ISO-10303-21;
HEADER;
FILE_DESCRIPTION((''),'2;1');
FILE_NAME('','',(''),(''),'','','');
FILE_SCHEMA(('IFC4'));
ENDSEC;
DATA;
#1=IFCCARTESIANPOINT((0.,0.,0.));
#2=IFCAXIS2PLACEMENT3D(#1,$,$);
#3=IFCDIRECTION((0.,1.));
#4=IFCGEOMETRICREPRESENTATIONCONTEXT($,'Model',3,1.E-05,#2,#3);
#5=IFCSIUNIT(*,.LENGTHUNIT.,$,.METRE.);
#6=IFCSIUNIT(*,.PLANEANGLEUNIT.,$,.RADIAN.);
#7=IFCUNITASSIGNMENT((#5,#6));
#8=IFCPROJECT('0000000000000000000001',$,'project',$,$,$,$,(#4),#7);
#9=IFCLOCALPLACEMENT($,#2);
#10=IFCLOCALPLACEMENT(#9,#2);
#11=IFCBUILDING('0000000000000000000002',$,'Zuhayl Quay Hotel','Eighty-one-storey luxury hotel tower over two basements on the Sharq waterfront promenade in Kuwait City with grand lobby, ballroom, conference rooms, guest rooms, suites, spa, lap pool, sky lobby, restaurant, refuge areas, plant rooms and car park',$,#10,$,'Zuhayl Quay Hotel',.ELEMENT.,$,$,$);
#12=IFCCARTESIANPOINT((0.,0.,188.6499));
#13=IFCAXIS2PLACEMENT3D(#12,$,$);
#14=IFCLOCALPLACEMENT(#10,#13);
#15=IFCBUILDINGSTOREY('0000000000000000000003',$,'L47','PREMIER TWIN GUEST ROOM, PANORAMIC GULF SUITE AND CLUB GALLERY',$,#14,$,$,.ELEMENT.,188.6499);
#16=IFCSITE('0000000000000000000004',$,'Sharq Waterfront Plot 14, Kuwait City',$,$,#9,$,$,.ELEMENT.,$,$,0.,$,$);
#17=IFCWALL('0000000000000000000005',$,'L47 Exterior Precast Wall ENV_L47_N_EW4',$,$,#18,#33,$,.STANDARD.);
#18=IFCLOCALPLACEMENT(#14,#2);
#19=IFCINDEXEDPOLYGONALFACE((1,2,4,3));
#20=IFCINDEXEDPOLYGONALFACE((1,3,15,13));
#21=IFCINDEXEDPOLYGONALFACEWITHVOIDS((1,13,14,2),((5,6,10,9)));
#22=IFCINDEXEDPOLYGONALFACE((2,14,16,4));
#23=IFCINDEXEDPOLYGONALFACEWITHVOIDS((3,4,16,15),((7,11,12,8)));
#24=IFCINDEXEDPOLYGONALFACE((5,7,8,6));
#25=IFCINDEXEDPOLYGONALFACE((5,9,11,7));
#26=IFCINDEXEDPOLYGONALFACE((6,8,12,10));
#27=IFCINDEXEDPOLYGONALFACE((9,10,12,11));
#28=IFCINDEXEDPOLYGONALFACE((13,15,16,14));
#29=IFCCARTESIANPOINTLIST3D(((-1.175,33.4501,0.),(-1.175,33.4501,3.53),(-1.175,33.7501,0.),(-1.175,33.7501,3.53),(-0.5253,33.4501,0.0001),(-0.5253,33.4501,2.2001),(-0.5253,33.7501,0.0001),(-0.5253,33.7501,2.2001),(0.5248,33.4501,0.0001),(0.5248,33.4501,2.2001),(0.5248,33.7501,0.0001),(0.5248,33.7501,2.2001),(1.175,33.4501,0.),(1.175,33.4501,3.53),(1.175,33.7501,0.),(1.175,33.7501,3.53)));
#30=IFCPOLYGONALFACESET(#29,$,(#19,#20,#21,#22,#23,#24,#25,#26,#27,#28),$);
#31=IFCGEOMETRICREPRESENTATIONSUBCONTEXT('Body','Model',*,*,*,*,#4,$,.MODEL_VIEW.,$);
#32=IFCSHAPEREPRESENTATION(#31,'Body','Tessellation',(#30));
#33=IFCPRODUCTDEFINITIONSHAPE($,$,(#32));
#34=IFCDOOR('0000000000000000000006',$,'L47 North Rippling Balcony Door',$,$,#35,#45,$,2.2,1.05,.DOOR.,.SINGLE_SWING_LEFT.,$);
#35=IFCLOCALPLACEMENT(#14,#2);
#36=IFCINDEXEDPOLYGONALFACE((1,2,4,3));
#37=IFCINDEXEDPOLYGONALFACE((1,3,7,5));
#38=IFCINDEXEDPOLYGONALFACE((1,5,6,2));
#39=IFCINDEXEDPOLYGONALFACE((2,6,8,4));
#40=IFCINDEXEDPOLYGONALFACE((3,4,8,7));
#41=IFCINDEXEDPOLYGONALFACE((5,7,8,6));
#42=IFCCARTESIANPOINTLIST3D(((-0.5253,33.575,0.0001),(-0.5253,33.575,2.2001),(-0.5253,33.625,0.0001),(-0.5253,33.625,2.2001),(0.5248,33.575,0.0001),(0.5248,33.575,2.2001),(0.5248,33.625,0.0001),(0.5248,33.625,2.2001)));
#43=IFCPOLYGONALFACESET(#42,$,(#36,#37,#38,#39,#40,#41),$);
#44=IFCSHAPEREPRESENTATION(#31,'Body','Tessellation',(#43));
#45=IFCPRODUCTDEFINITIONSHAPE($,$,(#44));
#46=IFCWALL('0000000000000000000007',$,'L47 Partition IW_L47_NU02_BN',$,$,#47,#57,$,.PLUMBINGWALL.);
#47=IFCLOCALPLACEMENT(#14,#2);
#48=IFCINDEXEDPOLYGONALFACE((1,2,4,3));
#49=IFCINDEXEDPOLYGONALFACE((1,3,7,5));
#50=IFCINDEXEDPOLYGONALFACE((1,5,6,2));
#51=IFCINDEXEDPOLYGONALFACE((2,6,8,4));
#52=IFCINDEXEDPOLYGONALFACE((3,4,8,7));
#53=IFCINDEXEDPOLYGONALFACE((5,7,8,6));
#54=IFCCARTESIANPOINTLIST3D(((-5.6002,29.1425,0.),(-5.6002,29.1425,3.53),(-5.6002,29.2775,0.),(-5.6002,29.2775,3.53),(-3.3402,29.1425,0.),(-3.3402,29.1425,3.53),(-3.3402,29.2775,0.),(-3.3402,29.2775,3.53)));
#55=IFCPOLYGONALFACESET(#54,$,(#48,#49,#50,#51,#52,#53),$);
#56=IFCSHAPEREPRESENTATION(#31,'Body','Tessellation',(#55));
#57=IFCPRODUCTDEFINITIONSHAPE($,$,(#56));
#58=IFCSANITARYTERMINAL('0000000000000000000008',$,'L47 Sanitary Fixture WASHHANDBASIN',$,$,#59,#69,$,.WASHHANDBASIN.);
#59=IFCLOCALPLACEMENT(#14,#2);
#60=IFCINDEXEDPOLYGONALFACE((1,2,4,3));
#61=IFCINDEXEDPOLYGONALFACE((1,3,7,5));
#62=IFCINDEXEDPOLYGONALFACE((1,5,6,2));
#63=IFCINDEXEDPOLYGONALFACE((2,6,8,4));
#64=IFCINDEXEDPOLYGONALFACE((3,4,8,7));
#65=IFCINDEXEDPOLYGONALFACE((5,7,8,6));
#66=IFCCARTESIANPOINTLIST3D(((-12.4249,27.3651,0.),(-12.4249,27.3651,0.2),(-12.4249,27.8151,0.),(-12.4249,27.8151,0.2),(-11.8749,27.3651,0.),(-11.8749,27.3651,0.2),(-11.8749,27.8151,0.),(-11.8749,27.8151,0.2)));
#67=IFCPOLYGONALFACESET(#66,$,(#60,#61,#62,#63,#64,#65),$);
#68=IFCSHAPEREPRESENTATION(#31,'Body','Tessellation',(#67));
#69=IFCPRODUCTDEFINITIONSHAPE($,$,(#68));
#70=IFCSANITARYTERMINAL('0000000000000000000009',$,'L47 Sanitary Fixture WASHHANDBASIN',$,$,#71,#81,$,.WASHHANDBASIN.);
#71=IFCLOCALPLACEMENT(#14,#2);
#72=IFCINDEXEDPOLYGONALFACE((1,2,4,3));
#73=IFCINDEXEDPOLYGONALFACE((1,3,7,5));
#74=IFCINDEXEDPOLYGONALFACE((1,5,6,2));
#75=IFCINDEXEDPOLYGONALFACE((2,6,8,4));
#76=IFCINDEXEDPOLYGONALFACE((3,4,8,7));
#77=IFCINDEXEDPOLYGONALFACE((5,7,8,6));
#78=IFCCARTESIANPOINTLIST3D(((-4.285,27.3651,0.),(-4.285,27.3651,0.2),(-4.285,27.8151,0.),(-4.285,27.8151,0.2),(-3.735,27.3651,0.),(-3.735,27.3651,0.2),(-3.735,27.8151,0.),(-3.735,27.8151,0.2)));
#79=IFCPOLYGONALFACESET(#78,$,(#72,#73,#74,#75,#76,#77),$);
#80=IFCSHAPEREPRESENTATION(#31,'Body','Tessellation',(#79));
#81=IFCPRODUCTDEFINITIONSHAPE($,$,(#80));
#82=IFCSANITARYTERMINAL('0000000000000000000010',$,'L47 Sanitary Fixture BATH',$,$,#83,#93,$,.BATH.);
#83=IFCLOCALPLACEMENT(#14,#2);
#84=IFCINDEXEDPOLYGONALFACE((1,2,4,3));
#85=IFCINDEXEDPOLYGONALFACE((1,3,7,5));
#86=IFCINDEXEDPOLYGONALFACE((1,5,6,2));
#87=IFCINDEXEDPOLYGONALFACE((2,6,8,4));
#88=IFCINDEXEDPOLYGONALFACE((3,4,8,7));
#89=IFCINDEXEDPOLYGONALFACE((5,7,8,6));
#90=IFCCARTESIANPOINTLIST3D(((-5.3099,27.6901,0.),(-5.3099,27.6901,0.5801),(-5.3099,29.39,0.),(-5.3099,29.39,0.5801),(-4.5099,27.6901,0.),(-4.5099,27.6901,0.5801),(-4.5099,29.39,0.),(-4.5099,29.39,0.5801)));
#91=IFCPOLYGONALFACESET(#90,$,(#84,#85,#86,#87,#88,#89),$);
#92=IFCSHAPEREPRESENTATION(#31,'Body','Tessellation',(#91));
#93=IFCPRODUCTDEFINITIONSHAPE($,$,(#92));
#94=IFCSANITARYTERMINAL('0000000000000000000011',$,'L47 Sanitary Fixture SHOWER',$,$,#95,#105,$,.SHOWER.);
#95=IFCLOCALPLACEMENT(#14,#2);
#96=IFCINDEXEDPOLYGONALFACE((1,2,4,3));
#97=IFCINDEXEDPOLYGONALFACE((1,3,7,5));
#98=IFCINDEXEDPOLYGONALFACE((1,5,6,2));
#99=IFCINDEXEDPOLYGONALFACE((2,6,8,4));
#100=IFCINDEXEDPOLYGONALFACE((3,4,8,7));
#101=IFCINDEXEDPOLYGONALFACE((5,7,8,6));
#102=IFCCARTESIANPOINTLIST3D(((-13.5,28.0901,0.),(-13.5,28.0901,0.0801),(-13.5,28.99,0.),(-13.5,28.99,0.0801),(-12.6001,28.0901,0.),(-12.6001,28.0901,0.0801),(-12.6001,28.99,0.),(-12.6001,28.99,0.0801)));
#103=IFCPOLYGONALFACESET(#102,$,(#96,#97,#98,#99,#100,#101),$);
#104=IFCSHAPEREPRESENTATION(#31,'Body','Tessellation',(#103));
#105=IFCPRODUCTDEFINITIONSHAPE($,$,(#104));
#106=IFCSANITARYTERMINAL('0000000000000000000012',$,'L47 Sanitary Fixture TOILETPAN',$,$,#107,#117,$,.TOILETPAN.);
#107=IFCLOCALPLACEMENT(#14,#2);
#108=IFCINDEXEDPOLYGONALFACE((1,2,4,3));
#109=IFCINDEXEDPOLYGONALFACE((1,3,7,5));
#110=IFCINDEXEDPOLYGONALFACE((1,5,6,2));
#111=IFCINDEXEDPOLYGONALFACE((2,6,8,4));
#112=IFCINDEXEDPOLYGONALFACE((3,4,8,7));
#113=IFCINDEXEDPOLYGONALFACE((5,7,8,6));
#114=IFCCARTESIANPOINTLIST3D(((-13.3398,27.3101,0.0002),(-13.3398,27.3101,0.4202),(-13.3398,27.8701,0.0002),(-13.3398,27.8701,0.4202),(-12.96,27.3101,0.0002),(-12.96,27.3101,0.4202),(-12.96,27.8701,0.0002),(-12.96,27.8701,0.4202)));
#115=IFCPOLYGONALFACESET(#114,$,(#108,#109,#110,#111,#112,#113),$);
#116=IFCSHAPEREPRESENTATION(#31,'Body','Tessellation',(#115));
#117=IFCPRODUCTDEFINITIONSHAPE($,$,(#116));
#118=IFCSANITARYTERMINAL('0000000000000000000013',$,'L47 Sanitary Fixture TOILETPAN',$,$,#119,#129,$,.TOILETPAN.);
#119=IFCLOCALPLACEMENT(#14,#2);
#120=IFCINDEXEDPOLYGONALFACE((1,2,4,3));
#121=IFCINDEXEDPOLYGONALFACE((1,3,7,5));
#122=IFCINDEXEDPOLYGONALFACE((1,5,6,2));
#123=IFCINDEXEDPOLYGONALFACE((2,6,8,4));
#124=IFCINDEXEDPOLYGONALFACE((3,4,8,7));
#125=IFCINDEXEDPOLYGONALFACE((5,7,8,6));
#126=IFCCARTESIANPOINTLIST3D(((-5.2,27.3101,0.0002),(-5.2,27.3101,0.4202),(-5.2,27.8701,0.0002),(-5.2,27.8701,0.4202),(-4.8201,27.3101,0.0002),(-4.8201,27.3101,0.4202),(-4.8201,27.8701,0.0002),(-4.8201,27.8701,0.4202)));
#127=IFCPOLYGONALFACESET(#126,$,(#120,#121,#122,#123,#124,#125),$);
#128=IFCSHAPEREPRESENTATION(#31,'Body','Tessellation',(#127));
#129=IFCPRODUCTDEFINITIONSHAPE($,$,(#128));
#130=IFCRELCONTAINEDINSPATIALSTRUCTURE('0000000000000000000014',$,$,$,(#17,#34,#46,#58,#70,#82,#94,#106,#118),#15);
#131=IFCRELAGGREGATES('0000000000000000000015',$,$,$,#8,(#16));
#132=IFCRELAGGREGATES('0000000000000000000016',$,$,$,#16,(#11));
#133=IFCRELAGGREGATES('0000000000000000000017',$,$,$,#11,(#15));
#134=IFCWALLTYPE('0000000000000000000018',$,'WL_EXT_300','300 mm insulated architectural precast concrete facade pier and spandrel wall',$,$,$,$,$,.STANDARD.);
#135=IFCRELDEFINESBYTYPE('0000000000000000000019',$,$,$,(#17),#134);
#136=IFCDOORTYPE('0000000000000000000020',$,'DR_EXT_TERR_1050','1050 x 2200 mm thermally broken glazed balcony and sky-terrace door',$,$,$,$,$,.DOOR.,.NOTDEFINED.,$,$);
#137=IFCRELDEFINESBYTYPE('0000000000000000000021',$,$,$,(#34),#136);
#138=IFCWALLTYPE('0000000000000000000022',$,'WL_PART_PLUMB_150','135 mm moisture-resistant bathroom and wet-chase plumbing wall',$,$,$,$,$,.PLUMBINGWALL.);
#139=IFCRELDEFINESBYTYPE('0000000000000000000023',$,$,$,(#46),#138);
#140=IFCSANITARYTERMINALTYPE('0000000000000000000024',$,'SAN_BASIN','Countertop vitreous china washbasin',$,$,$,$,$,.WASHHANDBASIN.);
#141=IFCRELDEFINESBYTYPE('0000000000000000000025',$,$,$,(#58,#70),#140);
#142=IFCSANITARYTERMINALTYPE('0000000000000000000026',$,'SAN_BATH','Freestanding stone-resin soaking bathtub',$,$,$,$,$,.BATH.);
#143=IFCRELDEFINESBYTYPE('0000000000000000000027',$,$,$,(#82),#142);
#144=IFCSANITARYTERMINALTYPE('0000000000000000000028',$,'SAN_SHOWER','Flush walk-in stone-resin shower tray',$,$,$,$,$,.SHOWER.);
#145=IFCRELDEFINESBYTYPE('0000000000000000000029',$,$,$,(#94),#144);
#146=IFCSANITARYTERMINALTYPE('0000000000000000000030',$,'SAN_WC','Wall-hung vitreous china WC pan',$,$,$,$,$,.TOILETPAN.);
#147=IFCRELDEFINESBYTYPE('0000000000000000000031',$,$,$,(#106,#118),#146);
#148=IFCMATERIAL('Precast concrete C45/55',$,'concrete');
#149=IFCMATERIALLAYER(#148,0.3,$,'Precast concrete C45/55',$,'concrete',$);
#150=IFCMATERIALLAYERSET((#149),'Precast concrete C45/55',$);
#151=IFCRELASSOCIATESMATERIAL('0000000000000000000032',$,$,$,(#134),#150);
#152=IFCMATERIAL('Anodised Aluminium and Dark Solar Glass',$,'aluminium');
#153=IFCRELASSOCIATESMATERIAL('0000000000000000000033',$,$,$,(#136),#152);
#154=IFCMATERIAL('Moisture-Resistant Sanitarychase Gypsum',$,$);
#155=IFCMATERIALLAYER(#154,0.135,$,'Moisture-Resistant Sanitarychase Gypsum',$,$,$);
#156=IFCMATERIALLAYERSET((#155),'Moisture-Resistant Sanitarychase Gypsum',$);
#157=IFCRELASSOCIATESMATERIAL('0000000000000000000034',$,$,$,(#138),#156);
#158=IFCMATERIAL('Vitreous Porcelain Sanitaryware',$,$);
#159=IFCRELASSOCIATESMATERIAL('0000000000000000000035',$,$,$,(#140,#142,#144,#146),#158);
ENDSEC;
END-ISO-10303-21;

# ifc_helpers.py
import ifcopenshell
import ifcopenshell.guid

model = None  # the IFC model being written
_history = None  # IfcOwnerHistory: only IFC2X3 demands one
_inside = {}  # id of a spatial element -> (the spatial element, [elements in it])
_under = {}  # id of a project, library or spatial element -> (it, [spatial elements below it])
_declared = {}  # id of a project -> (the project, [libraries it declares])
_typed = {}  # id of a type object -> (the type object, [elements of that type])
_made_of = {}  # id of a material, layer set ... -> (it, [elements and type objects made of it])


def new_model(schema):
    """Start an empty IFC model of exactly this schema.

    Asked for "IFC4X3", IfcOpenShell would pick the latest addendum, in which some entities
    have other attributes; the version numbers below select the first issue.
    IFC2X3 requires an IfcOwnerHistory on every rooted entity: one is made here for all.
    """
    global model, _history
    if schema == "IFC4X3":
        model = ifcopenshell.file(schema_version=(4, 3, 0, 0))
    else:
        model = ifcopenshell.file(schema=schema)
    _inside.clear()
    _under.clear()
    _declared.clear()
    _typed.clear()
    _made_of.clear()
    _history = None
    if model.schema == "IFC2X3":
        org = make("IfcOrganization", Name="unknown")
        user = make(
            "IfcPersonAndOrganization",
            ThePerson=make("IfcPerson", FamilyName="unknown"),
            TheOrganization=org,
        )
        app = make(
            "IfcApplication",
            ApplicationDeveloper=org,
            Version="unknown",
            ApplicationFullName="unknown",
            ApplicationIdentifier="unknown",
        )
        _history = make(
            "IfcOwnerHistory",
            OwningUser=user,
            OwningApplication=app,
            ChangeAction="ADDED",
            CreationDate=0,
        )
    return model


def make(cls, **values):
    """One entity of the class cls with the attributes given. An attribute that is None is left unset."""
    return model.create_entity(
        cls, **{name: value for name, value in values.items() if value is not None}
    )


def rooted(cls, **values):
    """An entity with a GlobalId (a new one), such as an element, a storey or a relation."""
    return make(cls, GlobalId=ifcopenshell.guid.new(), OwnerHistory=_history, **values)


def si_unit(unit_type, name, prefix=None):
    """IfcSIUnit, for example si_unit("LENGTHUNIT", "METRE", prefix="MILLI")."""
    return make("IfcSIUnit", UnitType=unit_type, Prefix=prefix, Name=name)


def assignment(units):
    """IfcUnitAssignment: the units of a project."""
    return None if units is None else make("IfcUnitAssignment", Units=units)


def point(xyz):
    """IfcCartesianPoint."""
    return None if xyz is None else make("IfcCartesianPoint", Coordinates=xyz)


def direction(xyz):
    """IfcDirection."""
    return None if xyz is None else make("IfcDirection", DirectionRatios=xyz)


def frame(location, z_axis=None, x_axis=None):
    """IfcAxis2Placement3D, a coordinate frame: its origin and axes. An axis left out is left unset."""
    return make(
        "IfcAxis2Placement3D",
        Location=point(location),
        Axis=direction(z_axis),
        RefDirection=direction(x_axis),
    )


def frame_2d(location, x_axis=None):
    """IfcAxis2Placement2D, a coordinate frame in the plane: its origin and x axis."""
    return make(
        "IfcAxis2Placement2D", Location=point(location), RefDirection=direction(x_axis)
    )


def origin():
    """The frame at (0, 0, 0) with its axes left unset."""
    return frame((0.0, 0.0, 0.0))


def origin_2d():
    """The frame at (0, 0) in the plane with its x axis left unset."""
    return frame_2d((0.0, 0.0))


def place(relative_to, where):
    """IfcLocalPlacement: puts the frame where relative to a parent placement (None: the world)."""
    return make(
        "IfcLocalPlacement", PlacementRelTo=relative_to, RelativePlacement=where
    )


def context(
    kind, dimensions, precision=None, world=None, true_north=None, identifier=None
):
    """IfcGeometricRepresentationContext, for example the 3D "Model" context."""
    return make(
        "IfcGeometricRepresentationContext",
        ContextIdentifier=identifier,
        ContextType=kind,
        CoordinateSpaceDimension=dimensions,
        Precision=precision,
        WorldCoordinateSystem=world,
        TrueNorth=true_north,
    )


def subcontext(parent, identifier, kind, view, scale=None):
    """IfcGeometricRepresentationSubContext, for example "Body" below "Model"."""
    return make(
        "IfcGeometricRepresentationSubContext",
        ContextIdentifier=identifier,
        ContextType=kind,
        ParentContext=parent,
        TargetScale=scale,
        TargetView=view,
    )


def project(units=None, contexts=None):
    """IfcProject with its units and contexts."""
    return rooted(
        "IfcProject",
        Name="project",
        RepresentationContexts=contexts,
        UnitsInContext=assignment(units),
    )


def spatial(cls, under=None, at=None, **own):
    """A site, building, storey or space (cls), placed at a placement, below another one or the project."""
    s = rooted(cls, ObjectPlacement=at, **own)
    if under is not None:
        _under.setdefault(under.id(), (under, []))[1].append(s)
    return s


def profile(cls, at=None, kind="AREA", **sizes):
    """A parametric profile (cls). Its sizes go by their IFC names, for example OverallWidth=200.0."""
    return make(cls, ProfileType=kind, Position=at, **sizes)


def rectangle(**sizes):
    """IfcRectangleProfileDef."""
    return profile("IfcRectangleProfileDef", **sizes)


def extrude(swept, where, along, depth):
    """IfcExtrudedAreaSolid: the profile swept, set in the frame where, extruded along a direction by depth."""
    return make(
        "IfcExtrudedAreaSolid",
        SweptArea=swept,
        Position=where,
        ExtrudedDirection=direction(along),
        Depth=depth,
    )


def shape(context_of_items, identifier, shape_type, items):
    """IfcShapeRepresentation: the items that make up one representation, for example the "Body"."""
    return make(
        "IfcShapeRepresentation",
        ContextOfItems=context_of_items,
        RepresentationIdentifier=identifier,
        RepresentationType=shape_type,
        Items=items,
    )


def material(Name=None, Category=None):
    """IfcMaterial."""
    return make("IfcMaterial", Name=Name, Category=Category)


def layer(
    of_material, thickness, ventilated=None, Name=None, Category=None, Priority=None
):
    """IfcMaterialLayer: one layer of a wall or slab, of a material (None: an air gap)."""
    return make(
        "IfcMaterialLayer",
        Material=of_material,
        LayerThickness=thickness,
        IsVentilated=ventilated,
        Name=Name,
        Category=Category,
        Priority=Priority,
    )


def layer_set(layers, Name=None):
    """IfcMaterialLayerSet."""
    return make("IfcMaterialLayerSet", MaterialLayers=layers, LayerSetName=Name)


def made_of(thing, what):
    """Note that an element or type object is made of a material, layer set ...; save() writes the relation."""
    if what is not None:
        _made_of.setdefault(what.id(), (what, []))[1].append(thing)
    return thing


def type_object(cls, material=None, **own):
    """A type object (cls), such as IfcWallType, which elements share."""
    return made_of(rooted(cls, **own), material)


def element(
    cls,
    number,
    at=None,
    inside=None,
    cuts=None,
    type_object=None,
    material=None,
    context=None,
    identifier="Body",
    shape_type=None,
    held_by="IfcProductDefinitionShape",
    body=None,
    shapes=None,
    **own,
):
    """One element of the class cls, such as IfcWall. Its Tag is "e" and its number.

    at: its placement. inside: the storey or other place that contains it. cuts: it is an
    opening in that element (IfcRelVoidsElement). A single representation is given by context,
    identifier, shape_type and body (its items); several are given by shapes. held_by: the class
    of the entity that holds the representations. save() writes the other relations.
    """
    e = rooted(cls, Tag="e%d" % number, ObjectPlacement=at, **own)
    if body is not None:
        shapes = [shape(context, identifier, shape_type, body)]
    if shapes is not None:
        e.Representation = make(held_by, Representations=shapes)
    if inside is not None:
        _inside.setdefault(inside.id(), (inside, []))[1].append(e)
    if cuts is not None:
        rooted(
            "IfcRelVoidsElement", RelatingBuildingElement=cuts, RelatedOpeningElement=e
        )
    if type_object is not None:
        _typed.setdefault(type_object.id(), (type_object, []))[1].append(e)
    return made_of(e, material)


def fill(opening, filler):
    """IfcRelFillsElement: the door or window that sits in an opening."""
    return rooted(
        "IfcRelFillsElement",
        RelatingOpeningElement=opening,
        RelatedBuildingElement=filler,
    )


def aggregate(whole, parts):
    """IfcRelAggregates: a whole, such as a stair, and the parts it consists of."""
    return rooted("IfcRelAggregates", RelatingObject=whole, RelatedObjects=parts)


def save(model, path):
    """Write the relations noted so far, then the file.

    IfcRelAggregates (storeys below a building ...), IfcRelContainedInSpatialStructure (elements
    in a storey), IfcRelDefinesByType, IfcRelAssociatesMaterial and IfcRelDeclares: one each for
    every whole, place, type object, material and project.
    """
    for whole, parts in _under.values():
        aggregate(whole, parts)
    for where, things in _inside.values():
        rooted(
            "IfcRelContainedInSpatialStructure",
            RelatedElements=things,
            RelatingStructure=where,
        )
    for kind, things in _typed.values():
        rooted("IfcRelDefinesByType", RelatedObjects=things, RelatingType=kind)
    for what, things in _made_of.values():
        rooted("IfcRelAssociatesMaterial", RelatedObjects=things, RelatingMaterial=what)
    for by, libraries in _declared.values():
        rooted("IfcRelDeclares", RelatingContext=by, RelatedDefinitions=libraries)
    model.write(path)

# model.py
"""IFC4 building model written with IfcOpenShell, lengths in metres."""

from ifc_helpers import new_model, si_unit, direction, frame, frame_2d, origin, origin_2d, place, context, subcontext, project, spatial, rectangle, extrude, material, layer, layer_set, type_object, element, fill, save


model = new_model("IFC4")

# Units and contexts
model_context = context("Model", 3, precision=1e-05, world=origin(), true_north=direction((0.0, 1.0)))
body_context = subcontext(model_context, "Body", "Model", "MODEL_VIEW")
ifc_project = project(units=[si_unit("LENGTHUNIT", "METRE"), si_unit("PLANEANGLEUNIT", "RADIAN")], contexts=[model_context])

# Site, building, storey
site_placement = place(None, origin())
site = spatial("IfcSite", under=ifc_project, at=site_placement, Name="Sharq Waterfront Plot 14, Kuwait City", CompositionType="ELEMENT", RefElevation=0.0)
building_placement = place(site_placement, origin())
building = spatial("IfcBuilding", under=site, at=building_placement, Name="Zuhayl Quay Hotel", Description="Eighty-one-storey luxury hotel tower over two basements on the Sharq waterfront promenade in Kuwait City with grand lobby, ballroom, conference rooms, guest rooms, suites, spa, lap pool, sky lobby, restaurant, refuge areas, plant rooms and car park", LongName="Zuhayl Quay Hotel", CompositionType="ELEMENT")
storey_placement = place(building_placement, frame((0.0, 0.0, 188.6499)))
storey = spatial("IfcBuildingStorey", under=building, at=storey_placement, Name="L47", Description="PREMIER TWIN GUEST ROOM, PANORAMIC GULF SUITE AND CLUB GALLERY", CompositionType="ELEMENT", Elevation=188.6499)

# Shared definitions
ifc_material_1 = material(Name="Precast concrete C45/55", Category="concrete")
ifc_layer_1 = layer(ifc_material_1, 0.3, Name="Precast concrete C45/55", Category="concrete")
ifc_layer_set_1 = layer_set([ifc_layer_1], Name="Precast concrete C45/55")
wall_type_1 = type_object("IfcWallType", Name="WL_EXT_300", Description="300 mm insulated architectural precast concrete facade pier and spandrel wall", PredefinedType="STANDARD", material=ifc_layer_set_1)

# Wall, opening, door
wall_1_placement = place(storey_placement, frame((-1.175, 33.6001, 0.0), z_axis=(0.0, 0.0, 1.0), x_axis=(1.0, 0.0, 0.0)))
wall_1 = element("IfcWall", 1, at=wall_1_placement, inside=storey, type_object=wall_type_1, Name="L47 Exterior Precast Wall ENV_L47_N_EW4", PredefinedType="STANDARD", context=body_context, shape_type="SweptSolid", body=[
    extrude(rectangle(XDim=2.3501, YDim=0.3, at=frame_2d((1.175, 0.0))), origin(), (0.0, 0.0, 1.0), 3.53),
])
opening_1_placement = place(wall_1_placement, frame((0.6499, 0.0, 0.0)))
opening_1 = element("IfcOpeningElement", 2, at=opening_1_placement, cuts=wall_1, PredefinedType="OPENING", context=body_context, shape_type="SweptSolid", body=[
    extrude(rectangle(XDim=1.05, YDim=2.2, at=frame_2d((0.5249, 1.1001))), frame((0.0, 0.1599, 0.0), z_axis=(0.0, -1.0, 0.0), x_axis=(1.0, 0.0, 0.0)), (0.0, 0.0, 1.0), 0.3201),
])
ifc_material_2 = material(Name="Anodised Aluminium and Dark Solar Glass", Category="aluminium")
door_type = type_object("IfcDoorType", Name="DR_EXT_TERR_1050", Description="1050 x 2200 mm thermally broken glazed balcony and sky-terrace door", OperationType="NOTDEFINED", PredefinedType="DOOR", material=ifc_material_2)
door_placement = place(opening_1_placement, origin())
door = element("IfcDoor", 3, at=door_placement, inside=storey, type_object=door_type, Name="L47 North Rippling Balcony Door", OperationType="SINGLE_SWING_LEFT", OverallHeight=2.2, OverallWidth=1.05, PredefinedType="DOOR", context=body_context, shape_type="SweptSolid", body=[
    extrude(rectangle(XDim=1.05, YDim=2.2, at=frame_2d((0.5249, 1.1001))), frame((0.0, 0.0249, 0.0), z_axis=(0.0, -1.0, 0.0), x_axis=(1.0, 0.0, 0.0)), (0.0, 0.0, 1.0), 0.05),
])
fill(opening_1, door)

# Wall
ifc_material_3 = material(Name="Moisture-Resistant Sanitarychase Gypsum")
ifc_layer_2 = layer(ifc_material_3, 0.135, Name="Moisture-Resistant Sanitarychase Gypsum")
ifc_layer_set_2 = layer_set([ifc_layer_2], Name="Moisture-Resistant Sanitarychase Gypsum")
wall_type_2 = type_object("IfcWallType", Name="WL_PART_PLUMB_150", Description="135 mm moisture-resistant bathroom and wet-chase plumbing wall", PredefinedType="PLUMBINGWALL", material=ifc_layer_set_2)
wall_2_placement = place(storey_placement, frame((-5.6001, 29.21, 0.0), z_axis=(0.0, 0.0, 1.0), x_axis=(1.0, 0.0, 0.0)))
element("IfcWall", 4, at=wall_2_placement, inside=storey, type_object=wall_type_2, Name="L47 Partition IW_L47_NU02_BN", PredefinedType="PLUMBINGWALL", context=body_context, shape_type="SweptSolid", body=[
    extrude(rectangle(XDim=2.26, YDim=0.135, at=frame_2d((1.1299, 0.0))), origin(), (0.0, 0.0, 1.0), 3.53),
])

# Sanitary terminals
ifc_material_4 = material(Name="Vitreous Porcelain Sanitaryware")
sanitary_terminal_type_1 = type_object("IfcSanitaryTerminalType", Name="SAN_BASIN", Description="Countertop vitreous china washbasin", PredefinedType="WASHHANDBASIN", material=ifc_material_4)
for number, where, z_axis, x_axis, name in (
    (5, (-12.1499, 27.5901, 0.0), (0.0, 0.0, 1.0), (1.0, 0.0, 0.0), "L47 Sanitary Fixture WASHHANDBASIN"),
    (6, (-4.01, 27.5901, 0.0), (0.0, 0.0, 1.0), (1.0, 0.0, 0.0), "L47 Sanitary Fixture WASHHANDBASIN"),
):
    element("IfcSanitaryTerminal", number, at=place(storey_placement, frame(where, z_axis=z_axis, x_axis=x_axis)), inside=storey, type_object=sanitary_terminal_type_1, Name=name, PredefinedType="WASHHANDBASIN", context=body_context, shape_type="SweptSolid", body=[
        extrude(rectangle(XDim=0.55, YDim=0.45, at=origin_2d()), origin(), (0.0, 0.0, 1.0), 0.2),
    ])
sanitary_terminal_type_2 = type_object("IfcSanitaryTerminalType", Name="SAN_BATH", Description="Freestanding stone-resin soaking bathtub", PredefinedType="BATH", material=ifc_material_4)
sanitary_terminal_1_placement = place(storey_placement, frame((-4.9099, 28.54, 0.0), z_axis=(0.0, 0.0, 1.0), x_axis=(1.0, 0.0, 0.0)))
element("IfcSanitaryTerminal", 7, at=sanitary_terminal_1_placement, inside=storey, type_object=sanitary_terminal_type_2, Name="L47 Sanitary Fixture BATH", PredefinedType="BATH", context=body_context, shape_type="SweptSolid", body=[
    extrude(rectangle(XDim=0.8, YDim=1.7, at=origin_2d()), origin(), (0.0, 0.0, 1.0), 0.5801),
])
sanitary_terminal_type_3 = type_object("IfcSanitaryTerminalType", Name="SAN_SHOWER", Description="Flush walk-in stone-resin shower tray", PredefinedType="SHOWER", material=ifc_material_4)
sanitary_terminal_2_placement = place(storey_placement, frame((-13.05, 28.54, 0.0), z_axis=(0.0, 0.0, 1.0), x_axis=(1.0, 0.0, 0.0)))
element("IfcSanitaryTerminal", 8, at=sanitary_terminal_2_placement, inside=storey, type_object=sanitary_terminal_type_3, Name="L47 Sanitary Fixture SHOWER", PredefinedType="SHOWER", context=body_context, shape_type="SweptSolid", body=[
    extrude(rectangle(XDim=0.8999, YDim=0.8999, at=origin_2d()), origin(), (0.0, 0.0, 1.0), 0.0801),
])
sanitary_terminal_type_4 = type_object("IfcSanitaryTerminalType", Name="SAN_WC", Description="Wall-hung vitreous china WC pan", PredefinedType="TOILETPAN", material=ifc_material_4)
for number, where, z_axis, x_axis, name in (
    (9, (-13.1499, 27.5901, 0.0002), (0.0, 0.0, 1.0), (1.0, 0.0, 0.0), "L47 Sanitary Fixture TOILETPAN"),
    (10, (-5.01, 27.5901, 0.0002), (0.0, 0.0, 1.0), (1.0, 0.0, 0.0), "L47 Sanitary Fixture TOILETPAN"),
):
    element("IfcSanitaryTerminal", number, at=place(storey_placement, frame(where, z_axis=z_axis, x_axis=x_axis)), inside=storey, type_object=sanitary_terminal_type_4, Name=name, PredefinedType="TOILETPAN", context=body_context, shape_type="SweptSolid", body=[
        extrude(rectangle(XDim=0.3799, YDim=0.5601, at=origin_2d()), origin(), (0.0, 0.0, 1.0), 0.4199),
    ])

save(model, "model.ifc")
